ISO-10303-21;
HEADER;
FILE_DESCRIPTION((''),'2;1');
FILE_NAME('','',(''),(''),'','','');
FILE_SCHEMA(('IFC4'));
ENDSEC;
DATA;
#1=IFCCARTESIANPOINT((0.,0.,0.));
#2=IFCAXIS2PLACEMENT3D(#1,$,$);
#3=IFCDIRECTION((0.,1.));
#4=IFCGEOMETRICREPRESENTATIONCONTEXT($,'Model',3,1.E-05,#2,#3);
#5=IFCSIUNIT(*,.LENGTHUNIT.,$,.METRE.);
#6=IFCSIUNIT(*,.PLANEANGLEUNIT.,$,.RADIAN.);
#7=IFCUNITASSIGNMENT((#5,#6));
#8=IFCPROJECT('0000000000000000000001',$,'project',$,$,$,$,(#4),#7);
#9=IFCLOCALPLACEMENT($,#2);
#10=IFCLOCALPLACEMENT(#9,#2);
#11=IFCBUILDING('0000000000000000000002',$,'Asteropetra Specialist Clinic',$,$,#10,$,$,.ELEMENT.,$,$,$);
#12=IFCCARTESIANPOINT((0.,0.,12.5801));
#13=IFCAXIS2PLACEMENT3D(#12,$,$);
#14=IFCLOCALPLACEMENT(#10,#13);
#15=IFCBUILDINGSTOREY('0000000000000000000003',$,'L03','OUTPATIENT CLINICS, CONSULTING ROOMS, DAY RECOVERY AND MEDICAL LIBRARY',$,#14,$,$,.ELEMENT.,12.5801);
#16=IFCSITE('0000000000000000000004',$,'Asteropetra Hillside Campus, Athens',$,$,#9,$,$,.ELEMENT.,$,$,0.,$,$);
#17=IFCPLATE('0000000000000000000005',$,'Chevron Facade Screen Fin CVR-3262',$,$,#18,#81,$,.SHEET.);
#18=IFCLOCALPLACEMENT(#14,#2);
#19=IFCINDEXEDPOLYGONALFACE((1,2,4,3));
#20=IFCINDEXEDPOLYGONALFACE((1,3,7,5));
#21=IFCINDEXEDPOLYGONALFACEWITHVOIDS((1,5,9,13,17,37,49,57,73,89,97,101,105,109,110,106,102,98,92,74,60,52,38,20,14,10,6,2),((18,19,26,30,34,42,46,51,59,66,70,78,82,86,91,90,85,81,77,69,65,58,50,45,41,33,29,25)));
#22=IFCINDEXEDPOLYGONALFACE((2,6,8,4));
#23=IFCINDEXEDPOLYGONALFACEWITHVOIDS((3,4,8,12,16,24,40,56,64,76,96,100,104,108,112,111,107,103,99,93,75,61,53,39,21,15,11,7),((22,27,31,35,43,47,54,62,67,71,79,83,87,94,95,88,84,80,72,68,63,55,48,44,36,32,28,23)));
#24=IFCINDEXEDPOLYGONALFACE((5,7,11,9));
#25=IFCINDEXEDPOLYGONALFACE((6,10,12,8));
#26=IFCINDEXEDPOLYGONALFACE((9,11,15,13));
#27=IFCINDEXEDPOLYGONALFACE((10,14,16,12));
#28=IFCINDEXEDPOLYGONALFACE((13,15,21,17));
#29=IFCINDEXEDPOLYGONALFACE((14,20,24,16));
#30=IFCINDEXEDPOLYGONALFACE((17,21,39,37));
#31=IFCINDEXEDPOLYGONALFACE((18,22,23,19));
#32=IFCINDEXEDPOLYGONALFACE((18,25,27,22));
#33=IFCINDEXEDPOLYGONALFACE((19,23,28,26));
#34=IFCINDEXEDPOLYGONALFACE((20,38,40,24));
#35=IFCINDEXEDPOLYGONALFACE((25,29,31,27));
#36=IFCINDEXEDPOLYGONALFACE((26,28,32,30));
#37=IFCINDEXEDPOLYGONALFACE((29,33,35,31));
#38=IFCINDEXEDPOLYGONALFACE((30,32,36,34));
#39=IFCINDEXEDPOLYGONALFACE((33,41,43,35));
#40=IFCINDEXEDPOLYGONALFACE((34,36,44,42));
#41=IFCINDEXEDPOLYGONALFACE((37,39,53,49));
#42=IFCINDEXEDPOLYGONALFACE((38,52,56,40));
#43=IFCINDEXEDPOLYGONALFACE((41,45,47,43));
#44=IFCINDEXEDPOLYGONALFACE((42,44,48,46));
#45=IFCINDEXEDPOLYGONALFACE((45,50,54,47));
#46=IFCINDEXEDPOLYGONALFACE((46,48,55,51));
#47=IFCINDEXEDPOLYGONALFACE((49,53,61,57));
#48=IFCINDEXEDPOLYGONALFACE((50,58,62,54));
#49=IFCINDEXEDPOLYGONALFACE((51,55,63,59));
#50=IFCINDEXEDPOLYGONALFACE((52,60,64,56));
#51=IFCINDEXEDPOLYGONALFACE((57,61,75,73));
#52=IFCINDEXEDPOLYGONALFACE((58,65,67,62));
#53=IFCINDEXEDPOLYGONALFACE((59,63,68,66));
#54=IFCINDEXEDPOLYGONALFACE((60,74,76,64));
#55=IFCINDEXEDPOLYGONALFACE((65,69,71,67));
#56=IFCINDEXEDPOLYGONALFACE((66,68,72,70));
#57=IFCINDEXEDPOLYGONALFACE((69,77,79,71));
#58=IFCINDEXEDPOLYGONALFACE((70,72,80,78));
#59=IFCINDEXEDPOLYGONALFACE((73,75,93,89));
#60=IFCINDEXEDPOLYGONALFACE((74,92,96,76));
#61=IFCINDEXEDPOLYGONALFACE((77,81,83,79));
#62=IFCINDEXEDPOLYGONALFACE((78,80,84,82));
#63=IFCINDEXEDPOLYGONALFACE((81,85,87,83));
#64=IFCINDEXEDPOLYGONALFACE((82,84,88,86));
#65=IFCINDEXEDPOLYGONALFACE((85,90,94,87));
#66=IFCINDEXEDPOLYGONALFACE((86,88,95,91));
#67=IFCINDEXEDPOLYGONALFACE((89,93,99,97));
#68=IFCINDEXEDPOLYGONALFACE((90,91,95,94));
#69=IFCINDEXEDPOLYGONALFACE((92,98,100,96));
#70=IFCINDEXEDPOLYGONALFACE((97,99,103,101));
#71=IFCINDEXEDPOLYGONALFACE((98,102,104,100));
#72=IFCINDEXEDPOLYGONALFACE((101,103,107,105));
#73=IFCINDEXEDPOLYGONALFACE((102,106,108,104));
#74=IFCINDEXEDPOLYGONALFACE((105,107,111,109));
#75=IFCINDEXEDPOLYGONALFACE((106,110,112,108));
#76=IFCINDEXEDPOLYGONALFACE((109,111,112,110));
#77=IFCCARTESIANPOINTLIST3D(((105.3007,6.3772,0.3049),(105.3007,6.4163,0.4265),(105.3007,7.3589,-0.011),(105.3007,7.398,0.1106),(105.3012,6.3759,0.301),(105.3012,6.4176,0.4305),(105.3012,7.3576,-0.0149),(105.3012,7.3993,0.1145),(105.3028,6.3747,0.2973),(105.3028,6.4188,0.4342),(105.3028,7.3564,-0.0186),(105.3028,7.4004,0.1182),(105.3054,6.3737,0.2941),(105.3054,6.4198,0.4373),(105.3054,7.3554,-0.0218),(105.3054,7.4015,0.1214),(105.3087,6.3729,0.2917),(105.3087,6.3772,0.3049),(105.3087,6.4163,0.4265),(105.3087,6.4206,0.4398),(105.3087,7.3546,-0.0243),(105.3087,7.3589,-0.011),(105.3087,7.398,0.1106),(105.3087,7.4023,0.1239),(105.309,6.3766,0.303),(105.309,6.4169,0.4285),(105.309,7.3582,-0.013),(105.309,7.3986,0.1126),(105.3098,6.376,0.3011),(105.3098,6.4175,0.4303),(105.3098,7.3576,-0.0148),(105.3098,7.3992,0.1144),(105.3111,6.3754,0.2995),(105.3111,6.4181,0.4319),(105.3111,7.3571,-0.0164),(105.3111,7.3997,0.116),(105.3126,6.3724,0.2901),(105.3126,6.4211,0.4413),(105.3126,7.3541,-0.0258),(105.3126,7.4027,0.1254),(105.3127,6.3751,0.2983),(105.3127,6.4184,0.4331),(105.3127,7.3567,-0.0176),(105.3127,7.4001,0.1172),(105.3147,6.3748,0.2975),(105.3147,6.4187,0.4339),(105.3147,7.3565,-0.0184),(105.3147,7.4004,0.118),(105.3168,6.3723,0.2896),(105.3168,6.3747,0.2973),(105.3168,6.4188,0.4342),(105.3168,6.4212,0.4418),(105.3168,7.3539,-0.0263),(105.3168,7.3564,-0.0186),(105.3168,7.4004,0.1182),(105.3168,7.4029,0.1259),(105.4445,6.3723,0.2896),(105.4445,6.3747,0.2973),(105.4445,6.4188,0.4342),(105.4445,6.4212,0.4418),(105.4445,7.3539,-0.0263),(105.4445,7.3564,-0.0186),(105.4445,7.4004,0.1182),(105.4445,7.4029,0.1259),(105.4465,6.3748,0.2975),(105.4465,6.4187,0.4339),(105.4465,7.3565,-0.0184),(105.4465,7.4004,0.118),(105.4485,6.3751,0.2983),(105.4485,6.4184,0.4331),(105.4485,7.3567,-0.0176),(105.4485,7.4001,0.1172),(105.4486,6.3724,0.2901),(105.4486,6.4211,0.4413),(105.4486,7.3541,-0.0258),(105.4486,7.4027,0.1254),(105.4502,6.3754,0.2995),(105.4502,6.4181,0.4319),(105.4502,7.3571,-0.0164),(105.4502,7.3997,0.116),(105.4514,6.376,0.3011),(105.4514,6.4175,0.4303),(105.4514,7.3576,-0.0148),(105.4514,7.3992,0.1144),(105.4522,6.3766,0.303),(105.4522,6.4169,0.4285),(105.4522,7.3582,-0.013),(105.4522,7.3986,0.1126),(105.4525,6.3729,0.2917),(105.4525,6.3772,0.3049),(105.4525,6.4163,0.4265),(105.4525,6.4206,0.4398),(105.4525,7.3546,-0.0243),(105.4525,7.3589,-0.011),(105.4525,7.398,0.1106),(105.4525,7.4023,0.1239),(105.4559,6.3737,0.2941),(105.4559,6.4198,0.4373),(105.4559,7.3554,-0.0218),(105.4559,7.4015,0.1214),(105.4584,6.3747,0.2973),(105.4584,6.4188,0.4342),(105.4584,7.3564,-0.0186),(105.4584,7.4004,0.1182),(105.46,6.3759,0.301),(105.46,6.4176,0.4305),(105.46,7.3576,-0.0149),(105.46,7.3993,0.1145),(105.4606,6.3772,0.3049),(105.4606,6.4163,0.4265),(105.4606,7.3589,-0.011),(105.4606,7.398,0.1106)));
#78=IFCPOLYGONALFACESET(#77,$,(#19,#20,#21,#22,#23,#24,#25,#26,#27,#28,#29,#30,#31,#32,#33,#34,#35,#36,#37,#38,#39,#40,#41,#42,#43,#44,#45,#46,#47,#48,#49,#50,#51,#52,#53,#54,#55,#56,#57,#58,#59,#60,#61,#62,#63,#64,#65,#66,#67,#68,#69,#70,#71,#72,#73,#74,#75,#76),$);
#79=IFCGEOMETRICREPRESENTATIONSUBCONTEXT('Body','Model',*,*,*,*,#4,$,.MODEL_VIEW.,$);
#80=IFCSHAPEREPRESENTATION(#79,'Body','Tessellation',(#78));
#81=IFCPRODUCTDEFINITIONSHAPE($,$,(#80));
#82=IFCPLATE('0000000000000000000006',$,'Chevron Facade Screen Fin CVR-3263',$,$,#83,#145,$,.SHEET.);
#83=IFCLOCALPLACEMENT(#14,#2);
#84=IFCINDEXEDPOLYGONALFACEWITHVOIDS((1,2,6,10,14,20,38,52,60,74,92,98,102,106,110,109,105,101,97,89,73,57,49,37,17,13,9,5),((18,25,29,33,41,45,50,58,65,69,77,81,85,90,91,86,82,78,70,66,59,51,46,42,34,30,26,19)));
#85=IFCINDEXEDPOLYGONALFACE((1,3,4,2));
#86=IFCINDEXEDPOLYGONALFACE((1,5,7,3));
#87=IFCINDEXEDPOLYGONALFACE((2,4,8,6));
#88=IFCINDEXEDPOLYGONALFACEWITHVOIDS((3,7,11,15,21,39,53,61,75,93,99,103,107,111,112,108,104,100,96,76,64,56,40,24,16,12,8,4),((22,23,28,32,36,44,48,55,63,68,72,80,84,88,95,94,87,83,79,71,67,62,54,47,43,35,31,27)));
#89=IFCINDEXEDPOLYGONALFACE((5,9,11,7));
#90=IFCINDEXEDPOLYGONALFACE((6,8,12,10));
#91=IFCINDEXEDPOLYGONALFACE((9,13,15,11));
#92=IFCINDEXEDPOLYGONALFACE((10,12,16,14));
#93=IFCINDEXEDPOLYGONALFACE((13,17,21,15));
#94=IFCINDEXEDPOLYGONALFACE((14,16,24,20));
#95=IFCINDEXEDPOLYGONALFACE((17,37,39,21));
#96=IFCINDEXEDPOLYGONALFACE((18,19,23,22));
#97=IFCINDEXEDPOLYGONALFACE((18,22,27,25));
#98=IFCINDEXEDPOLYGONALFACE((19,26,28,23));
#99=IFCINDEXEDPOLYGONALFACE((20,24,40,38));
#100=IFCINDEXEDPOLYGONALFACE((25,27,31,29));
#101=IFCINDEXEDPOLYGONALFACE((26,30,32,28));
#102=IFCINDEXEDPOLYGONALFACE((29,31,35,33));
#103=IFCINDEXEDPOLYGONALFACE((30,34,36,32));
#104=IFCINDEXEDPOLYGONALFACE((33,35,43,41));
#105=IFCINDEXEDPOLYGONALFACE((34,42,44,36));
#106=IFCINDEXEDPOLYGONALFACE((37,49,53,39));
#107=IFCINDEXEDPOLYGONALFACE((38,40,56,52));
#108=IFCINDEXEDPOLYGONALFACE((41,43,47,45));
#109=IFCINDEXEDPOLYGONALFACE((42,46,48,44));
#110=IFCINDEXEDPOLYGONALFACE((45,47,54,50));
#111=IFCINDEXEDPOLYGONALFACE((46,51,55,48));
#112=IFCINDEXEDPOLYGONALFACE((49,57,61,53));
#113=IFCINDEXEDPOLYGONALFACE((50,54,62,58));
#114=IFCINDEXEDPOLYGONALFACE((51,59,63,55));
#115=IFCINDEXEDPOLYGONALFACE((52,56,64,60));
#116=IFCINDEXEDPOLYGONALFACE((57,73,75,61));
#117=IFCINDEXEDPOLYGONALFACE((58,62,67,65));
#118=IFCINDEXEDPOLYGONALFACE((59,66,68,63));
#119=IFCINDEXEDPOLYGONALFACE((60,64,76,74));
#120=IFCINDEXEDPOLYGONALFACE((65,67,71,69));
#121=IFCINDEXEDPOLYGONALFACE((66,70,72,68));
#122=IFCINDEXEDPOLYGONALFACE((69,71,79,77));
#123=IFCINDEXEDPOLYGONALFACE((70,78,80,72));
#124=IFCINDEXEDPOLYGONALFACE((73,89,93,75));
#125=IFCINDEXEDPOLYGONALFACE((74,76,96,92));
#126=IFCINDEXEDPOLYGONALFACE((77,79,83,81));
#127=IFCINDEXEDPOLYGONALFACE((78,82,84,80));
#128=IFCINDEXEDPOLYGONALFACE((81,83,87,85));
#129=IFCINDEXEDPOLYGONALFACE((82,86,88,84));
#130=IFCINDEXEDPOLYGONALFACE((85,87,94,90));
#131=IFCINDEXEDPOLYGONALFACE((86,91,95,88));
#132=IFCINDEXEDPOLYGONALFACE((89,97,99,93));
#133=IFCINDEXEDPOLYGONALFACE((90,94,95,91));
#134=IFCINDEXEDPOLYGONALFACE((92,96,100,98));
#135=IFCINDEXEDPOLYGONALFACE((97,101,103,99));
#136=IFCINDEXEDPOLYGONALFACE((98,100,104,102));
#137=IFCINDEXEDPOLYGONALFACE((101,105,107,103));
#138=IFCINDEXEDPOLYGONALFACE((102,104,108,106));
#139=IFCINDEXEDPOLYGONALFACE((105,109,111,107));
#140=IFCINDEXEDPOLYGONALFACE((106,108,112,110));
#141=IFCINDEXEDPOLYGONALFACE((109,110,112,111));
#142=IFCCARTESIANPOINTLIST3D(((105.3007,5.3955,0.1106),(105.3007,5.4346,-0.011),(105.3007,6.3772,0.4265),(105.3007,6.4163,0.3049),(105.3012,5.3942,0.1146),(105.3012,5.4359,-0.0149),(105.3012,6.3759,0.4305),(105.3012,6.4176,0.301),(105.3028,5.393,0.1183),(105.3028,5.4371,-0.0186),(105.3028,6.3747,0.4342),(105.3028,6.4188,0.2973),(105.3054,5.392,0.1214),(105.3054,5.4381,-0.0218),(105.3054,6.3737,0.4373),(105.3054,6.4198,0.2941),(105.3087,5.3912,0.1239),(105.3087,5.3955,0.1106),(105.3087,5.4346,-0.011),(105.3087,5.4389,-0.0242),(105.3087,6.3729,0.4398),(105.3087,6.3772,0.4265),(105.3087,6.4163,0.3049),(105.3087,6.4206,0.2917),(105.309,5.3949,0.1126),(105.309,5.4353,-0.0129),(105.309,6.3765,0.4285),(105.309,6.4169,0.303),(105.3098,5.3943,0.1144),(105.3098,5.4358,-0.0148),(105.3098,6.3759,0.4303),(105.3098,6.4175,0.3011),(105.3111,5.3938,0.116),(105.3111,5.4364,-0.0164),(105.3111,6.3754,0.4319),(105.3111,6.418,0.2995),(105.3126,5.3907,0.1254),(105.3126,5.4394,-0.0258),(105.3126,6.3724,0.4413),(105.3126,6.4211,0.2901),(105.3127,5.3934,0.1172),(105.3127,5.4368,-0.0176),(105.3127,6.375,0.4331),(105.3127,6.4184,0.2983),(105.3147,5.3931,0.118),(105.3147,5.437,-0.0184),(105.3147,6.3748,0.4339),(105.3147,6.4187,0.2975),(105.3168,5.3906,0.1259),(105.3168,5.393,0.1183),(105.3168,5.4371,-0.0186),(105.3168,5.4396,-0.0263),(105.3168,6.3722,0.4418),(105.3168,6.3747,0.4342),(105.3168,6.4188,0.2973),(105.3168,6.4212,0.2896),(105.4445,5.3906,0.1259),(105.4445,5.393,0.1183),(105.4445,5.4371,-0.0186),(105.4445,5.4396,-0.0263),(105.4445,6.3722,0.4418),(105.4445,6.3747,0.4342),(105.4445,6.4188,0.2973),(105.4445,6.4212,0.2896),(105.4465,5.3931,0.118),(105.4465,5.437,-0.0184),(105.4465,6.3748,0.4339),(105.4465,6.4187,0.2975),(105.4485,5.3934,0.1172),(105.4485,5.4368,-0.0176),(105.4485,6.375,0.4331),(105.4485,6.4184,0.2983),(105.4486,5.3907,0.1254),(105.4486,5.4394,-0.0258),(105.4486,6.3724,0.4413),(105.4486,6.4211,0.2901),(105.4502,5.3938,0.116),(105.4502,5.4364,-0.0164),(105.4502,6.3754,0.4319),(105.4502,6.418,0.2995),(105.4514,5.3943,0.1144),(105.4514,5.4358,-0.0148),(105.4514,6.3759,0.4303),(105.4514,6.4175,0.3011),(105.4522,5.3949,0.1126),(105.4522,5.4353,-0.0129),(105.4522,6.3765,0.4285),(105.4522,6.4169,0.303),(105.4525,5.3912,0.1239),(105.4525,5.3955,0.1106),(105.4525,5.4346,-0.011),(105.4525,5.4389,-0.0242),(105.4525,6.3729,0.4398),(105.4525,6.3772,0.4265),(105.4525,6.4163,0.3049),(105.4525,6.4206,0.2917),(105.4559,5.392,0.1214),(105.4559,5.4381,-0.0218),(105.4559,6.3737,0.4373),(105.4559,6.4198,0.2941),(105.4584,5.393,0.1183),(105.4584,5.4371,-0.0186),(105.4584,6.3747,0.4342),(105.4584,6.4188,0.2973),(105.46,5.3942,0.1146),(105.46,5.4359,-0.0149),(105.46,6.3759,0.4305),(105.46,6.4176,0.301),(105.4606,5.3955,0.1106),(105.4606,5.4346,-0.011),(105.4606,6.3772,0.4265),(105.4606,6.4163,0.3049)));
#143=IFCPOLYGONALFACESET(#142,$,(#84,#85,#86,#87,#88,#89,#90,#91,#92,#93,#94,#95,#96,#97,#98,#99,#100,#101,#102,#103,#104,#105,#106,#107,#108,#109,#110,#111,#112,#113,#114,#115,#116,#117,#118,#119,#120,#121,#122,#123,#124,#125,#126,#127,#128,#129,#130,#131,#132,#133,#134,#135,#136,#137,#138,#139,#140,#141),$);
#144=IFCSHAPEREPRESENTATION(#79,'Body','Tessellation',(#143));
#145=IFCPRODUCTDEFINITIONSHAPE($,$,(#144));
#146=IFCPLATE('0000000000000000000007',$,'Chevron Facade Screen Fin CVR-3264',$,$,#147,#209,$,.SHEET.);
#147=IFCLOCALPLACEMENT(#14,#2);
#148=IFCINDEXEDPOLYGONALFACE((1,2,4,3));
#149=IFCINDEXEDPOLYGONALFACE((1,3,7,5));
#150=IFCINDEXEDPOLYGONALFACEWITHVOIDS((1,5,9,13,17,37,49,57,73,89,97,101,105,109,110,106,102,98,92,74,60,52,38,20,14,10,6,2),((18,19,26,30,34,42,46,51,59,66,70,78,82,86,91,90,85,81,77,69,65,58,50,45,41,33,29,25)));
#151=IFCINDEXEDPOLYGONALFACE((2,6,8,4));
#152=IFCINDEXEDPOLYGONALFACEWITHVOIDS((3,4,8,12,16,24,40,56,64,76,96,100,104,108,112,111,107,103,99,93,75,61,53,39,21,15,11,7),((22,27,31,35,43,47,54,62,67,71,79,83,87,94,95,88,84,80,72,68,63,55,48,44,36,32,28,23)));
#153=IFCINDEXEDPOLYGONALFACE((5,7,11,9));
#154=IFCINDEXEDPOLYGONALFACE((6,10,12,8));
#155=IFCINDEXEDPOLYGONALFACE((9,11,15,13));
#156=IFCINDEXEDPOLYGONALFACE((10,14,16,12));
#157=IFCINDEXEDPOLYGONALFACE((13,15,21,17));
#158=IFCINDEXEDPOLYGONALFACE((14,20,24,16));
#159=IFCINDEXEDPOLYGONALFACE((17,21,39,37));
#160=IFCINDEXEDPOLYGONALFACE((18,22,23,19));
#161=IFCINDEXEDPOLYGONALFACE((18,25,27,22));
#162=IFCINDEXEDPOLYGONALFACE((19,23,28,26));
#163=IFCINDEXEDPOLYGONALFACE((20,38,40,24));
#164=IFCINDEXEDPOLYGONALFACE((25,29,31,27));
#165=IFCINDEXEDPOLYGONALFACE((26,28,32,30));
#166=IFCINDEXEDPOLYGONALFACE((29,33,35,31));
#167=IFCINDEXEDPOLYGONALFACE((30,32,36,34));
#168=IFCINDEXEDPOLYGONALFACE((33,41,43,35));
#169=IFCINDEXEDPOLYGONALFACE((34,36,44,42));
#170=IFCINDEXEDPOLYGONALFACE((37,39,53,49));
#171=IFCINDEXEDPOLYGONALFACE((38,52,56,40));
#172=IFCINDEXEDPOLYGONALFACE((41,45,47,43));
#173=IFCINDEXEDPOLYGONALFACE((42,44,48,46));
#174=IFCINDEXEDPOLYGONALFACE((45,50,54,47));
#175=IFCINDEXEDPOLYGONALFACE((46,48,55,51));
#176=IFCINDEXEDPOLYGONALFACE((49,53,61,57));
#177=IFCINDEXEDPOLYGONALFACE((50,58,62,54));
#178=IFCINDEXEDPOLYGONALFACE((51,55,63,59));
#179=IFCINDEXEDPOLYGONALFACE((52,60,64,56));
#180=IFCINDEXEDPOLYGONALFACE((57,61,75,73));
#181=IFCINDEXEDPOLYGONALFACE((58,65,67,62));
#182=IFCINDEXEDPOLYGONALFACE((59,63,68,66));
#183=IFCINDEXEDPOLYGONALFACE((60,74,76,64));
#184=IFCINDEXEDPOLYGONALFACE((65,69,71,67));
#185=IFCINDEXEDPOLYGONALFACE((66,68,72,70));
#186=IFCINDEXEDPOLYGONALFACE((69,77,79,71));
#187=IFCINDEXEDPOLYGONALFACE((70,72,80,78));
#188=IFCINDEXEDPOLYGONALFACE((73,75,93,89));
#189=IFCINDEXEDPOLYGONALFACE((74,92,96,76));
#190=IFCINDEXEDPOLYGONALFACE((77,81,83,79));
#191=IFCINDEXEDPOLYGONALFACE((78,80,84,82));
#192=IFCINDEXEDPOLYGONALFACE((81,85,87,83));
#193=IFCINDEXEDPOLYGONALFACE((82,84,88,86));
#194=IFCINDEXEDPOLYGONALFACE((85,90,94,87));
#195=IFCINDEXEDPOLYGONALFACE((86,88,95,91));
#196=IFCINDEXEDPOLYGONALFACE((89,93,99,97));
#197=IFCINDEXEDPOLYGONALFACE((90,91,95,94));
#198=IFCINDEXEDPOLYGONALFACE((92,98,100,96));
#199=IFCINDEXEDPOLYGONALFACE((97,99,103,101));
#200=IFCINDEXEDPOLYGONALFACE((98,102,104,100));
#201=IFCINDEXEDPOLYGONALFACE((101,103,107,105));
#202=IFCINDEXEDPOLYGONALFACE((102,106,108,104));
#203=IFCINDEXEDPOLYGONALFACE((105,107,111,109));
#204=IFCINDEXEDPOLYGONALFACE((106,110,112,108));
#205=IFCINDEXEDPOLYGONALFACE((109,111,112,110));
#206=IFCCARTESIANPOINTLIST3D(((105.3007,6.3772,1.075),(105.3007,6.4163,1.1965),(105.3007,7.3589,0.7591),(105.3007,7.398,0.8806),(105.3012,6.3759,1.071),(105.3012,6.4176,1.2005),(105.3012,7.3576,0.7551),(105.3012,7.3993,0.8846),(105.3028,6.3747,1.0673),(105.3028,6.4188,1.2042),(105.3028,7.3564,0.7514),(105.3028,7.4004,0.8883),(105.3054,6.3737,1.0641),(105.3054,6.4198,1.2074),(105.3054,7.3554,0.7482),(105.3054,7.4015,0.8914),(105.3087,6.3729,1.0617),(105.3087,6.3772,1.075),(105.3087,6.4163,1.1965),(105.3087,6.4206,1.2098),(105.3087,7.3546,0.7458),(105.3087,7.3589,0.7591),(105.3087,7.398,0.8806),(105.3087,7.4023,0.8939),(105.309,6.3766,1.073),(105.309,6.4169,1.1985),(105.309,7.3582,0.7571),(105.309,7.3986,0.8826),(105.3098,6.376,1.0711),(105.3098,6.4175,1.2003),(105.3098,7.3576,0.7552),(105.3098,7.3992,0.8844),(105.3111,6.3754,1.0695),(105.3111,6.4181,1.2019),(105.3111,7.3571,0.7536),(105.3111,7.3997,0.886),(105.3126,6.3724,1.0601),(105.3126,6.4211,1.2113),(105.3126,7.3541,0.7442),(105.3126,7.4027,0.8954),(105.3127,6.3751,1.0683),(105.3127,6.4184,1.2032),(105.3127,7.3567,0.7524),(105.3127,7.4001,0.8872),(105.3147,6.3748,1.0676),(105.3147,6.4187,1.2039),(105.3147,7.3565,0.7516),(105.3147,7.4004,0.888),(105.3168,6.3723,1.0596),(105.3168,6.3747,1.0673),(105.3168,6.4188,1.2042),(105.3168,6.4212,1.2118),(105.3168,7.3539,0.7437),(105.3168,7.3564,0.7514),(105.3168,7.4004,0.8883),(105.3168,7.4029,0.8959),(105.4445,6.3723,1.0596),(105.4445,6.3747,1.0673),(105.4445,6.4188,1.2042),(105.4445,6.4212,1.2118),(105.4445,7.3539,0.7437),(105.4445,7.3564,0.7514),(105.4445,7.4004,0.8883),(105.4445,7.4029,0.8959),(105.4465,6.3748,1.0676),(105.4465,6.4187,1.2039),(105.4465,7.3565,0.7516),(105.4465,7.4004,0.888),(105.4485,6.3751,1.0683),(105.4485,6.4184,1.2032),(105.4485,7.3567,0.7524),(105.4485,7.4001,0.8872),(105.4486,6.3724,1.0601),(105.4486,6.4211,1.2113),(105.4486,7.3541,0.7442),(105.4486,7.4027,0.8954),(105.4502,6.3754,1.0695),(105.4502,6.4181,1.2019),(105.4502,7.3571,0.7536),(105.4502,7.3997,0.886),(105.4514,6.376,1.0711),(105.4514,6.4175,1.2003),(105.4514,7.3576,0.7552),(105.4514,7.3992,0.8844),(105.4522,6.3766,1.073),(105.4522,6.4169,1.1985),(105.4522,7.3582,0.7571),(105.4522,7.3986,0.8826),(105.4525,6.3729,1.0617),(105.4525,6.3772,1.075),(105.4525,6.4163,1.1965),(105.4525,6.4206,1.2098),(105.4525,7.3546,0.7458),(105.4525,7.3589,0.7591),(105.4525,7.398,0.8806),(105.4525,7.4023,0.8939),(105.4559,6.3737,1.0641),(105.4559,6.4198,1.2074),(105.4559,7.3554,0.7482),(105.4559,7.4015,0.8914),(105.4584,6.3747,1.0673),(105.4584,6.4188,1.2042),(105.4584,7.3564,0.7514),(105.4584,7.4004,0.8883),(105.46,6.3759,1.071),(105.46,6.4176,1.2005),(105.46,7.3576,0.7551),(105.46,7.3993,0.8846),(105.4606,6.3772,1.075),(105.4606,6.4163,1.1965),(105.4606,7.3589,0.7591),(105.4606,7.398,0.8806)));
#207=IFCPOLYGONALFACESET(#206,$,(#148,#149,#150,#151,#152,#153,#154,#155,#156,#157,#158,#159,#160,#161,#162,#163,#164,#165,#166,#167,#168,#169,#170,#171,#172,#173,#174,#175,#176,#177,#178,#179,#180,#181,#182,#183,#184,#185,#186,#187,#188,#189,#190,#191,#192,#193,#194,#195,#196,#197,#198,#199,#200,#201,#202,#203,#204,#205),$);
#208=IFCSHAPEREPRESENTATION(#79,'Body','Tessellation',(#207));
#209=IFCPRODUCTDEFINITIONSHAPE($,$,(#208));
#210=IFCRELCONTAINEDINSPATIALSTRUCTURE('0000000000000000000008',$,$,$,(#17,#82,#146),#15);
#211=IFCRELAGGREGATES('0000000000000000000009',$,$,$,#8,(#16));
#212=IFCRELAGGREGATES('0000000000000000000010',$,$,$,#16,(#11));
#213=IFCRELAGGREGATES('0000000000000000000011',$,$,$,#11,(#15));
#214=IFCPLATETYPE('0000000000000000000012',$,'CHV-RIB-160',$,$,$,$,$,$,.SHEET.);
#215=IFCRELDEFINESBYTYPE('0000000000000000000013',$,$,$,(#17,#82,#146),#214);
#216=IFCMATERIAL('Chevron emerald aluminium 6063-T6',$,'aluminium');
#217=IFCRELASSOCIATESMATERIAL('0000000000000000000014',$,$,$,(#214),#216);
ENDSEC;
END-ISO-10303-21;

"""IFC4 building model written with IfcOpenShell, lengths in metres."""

from ifc_helpers import new_model, si_unit, direction, frame, origin, origin_2d, place, context, subcontext, project, spatial, hollow_rectangle, extrude, material, material_profile, profile_set, type_object, element, save


model = new_model("IFC4")

# Units and contexts
model_context = context("Model", 3, precision=1e-05, world=origin(), true_north=direction((0.0, 1.0)))
body_context = subcontext(model_context, "Body", "Model", "MODEL_VIEW")
ifc_project = project(units=[si_unit("LENGTHUNIT", "METRE"), si_unit("PLANEANGLEUNIT", "RADIAN")], contexts=[model_context])

# Site, building, storey
site_placement = place(None, origin())
site = spatial("IfcSite", under=ifc_project, at=site_placement, Name="Asteropetra Hillside Campus, Athens", CompositionType="ELEMENT", RefElevation=0.0)
building_placement = place(site_placement, origin())
building = spatial("IfcBuilding", under=site, at=building_placement, Name="Asteropetra Specialist Clinic", CompositionType="ELEMENT")
storey_placement = place(building_placement, frame((0.0, 0.0, 12.5801)))
storey = spatial("IfcBuildingStorey", under=building, at=storey_placement, Name="L03", Description="OUTPATIENT CLINICS, CONSULTING ROOMS, DAY RECOVERY AND MEDICAL LIBRARY", CompositionType="ELEMENT", Elevation=12.5801)

# Plates
ifc_material_1 = material(Name="Chevron emerald aluminium 6063-T6", Category="aluminium")
ifc_material_profile = material_profile(ifc_material_1, hollow_rectangle(XDim=0.1599, YDim=0.1599, WallThickness=0.0081, InnerFilletRadius=0.0081, OuterFilletRadius=0.0161, at=origin_2d()), Name="SHS 160x160x8.0")
ifc_profile_set = profile_set([ifc_material_profile], Name="Chevron emerald aluminium 6063-T6")
plate_type_1 = type_object("IfcPlateType", Name="CHV-RIB-160", PredefinedType="SHEET", material=ifc_profile_set)
for number, where, z_axis, x_axis, name in (
    (1, (105.3806, 7.3784, 0.0498), (0.0, -0.951923, 0.306339), (1.0, 0.0, 0.0), "Chevron Facade Screen Fin CVR-3262"),
    (2, (105.3806, 6.3967, 0.3657), (0.0, -0.951923, -0.306339), (1.0, 0.0, 0.0), "Chevron Facade Screen Fin CVR-3263"),
    (3, (105.3806, 7.3784, 0.8198), (0.0, -0.951923, 0.306339), (1.0, 0.0, 0.0), "Chevron Facade Screen Fin CVR-3264"),
):
    element("IfcPlate", number, at=place(storey_placement, frame(where, z_axis=z_axis, x_axis=x_axis)), inside=storey, type_object=plate_type_1, Name=name, PredefinedType="SHEET", context=body_context, shape_type="SweptSolid", body=[
        extrude(hollow_rectangle(XDim=0.1599, YDim=0.1599, WallThickness=0.0081, InnerFilletRadius=0.0081, OuterFilletRadius=0.0161, at=origin_2d()), origin(), (0.0, 0.0, 1.0), 1.0312),
    ])

save(model, "model.ifc")
